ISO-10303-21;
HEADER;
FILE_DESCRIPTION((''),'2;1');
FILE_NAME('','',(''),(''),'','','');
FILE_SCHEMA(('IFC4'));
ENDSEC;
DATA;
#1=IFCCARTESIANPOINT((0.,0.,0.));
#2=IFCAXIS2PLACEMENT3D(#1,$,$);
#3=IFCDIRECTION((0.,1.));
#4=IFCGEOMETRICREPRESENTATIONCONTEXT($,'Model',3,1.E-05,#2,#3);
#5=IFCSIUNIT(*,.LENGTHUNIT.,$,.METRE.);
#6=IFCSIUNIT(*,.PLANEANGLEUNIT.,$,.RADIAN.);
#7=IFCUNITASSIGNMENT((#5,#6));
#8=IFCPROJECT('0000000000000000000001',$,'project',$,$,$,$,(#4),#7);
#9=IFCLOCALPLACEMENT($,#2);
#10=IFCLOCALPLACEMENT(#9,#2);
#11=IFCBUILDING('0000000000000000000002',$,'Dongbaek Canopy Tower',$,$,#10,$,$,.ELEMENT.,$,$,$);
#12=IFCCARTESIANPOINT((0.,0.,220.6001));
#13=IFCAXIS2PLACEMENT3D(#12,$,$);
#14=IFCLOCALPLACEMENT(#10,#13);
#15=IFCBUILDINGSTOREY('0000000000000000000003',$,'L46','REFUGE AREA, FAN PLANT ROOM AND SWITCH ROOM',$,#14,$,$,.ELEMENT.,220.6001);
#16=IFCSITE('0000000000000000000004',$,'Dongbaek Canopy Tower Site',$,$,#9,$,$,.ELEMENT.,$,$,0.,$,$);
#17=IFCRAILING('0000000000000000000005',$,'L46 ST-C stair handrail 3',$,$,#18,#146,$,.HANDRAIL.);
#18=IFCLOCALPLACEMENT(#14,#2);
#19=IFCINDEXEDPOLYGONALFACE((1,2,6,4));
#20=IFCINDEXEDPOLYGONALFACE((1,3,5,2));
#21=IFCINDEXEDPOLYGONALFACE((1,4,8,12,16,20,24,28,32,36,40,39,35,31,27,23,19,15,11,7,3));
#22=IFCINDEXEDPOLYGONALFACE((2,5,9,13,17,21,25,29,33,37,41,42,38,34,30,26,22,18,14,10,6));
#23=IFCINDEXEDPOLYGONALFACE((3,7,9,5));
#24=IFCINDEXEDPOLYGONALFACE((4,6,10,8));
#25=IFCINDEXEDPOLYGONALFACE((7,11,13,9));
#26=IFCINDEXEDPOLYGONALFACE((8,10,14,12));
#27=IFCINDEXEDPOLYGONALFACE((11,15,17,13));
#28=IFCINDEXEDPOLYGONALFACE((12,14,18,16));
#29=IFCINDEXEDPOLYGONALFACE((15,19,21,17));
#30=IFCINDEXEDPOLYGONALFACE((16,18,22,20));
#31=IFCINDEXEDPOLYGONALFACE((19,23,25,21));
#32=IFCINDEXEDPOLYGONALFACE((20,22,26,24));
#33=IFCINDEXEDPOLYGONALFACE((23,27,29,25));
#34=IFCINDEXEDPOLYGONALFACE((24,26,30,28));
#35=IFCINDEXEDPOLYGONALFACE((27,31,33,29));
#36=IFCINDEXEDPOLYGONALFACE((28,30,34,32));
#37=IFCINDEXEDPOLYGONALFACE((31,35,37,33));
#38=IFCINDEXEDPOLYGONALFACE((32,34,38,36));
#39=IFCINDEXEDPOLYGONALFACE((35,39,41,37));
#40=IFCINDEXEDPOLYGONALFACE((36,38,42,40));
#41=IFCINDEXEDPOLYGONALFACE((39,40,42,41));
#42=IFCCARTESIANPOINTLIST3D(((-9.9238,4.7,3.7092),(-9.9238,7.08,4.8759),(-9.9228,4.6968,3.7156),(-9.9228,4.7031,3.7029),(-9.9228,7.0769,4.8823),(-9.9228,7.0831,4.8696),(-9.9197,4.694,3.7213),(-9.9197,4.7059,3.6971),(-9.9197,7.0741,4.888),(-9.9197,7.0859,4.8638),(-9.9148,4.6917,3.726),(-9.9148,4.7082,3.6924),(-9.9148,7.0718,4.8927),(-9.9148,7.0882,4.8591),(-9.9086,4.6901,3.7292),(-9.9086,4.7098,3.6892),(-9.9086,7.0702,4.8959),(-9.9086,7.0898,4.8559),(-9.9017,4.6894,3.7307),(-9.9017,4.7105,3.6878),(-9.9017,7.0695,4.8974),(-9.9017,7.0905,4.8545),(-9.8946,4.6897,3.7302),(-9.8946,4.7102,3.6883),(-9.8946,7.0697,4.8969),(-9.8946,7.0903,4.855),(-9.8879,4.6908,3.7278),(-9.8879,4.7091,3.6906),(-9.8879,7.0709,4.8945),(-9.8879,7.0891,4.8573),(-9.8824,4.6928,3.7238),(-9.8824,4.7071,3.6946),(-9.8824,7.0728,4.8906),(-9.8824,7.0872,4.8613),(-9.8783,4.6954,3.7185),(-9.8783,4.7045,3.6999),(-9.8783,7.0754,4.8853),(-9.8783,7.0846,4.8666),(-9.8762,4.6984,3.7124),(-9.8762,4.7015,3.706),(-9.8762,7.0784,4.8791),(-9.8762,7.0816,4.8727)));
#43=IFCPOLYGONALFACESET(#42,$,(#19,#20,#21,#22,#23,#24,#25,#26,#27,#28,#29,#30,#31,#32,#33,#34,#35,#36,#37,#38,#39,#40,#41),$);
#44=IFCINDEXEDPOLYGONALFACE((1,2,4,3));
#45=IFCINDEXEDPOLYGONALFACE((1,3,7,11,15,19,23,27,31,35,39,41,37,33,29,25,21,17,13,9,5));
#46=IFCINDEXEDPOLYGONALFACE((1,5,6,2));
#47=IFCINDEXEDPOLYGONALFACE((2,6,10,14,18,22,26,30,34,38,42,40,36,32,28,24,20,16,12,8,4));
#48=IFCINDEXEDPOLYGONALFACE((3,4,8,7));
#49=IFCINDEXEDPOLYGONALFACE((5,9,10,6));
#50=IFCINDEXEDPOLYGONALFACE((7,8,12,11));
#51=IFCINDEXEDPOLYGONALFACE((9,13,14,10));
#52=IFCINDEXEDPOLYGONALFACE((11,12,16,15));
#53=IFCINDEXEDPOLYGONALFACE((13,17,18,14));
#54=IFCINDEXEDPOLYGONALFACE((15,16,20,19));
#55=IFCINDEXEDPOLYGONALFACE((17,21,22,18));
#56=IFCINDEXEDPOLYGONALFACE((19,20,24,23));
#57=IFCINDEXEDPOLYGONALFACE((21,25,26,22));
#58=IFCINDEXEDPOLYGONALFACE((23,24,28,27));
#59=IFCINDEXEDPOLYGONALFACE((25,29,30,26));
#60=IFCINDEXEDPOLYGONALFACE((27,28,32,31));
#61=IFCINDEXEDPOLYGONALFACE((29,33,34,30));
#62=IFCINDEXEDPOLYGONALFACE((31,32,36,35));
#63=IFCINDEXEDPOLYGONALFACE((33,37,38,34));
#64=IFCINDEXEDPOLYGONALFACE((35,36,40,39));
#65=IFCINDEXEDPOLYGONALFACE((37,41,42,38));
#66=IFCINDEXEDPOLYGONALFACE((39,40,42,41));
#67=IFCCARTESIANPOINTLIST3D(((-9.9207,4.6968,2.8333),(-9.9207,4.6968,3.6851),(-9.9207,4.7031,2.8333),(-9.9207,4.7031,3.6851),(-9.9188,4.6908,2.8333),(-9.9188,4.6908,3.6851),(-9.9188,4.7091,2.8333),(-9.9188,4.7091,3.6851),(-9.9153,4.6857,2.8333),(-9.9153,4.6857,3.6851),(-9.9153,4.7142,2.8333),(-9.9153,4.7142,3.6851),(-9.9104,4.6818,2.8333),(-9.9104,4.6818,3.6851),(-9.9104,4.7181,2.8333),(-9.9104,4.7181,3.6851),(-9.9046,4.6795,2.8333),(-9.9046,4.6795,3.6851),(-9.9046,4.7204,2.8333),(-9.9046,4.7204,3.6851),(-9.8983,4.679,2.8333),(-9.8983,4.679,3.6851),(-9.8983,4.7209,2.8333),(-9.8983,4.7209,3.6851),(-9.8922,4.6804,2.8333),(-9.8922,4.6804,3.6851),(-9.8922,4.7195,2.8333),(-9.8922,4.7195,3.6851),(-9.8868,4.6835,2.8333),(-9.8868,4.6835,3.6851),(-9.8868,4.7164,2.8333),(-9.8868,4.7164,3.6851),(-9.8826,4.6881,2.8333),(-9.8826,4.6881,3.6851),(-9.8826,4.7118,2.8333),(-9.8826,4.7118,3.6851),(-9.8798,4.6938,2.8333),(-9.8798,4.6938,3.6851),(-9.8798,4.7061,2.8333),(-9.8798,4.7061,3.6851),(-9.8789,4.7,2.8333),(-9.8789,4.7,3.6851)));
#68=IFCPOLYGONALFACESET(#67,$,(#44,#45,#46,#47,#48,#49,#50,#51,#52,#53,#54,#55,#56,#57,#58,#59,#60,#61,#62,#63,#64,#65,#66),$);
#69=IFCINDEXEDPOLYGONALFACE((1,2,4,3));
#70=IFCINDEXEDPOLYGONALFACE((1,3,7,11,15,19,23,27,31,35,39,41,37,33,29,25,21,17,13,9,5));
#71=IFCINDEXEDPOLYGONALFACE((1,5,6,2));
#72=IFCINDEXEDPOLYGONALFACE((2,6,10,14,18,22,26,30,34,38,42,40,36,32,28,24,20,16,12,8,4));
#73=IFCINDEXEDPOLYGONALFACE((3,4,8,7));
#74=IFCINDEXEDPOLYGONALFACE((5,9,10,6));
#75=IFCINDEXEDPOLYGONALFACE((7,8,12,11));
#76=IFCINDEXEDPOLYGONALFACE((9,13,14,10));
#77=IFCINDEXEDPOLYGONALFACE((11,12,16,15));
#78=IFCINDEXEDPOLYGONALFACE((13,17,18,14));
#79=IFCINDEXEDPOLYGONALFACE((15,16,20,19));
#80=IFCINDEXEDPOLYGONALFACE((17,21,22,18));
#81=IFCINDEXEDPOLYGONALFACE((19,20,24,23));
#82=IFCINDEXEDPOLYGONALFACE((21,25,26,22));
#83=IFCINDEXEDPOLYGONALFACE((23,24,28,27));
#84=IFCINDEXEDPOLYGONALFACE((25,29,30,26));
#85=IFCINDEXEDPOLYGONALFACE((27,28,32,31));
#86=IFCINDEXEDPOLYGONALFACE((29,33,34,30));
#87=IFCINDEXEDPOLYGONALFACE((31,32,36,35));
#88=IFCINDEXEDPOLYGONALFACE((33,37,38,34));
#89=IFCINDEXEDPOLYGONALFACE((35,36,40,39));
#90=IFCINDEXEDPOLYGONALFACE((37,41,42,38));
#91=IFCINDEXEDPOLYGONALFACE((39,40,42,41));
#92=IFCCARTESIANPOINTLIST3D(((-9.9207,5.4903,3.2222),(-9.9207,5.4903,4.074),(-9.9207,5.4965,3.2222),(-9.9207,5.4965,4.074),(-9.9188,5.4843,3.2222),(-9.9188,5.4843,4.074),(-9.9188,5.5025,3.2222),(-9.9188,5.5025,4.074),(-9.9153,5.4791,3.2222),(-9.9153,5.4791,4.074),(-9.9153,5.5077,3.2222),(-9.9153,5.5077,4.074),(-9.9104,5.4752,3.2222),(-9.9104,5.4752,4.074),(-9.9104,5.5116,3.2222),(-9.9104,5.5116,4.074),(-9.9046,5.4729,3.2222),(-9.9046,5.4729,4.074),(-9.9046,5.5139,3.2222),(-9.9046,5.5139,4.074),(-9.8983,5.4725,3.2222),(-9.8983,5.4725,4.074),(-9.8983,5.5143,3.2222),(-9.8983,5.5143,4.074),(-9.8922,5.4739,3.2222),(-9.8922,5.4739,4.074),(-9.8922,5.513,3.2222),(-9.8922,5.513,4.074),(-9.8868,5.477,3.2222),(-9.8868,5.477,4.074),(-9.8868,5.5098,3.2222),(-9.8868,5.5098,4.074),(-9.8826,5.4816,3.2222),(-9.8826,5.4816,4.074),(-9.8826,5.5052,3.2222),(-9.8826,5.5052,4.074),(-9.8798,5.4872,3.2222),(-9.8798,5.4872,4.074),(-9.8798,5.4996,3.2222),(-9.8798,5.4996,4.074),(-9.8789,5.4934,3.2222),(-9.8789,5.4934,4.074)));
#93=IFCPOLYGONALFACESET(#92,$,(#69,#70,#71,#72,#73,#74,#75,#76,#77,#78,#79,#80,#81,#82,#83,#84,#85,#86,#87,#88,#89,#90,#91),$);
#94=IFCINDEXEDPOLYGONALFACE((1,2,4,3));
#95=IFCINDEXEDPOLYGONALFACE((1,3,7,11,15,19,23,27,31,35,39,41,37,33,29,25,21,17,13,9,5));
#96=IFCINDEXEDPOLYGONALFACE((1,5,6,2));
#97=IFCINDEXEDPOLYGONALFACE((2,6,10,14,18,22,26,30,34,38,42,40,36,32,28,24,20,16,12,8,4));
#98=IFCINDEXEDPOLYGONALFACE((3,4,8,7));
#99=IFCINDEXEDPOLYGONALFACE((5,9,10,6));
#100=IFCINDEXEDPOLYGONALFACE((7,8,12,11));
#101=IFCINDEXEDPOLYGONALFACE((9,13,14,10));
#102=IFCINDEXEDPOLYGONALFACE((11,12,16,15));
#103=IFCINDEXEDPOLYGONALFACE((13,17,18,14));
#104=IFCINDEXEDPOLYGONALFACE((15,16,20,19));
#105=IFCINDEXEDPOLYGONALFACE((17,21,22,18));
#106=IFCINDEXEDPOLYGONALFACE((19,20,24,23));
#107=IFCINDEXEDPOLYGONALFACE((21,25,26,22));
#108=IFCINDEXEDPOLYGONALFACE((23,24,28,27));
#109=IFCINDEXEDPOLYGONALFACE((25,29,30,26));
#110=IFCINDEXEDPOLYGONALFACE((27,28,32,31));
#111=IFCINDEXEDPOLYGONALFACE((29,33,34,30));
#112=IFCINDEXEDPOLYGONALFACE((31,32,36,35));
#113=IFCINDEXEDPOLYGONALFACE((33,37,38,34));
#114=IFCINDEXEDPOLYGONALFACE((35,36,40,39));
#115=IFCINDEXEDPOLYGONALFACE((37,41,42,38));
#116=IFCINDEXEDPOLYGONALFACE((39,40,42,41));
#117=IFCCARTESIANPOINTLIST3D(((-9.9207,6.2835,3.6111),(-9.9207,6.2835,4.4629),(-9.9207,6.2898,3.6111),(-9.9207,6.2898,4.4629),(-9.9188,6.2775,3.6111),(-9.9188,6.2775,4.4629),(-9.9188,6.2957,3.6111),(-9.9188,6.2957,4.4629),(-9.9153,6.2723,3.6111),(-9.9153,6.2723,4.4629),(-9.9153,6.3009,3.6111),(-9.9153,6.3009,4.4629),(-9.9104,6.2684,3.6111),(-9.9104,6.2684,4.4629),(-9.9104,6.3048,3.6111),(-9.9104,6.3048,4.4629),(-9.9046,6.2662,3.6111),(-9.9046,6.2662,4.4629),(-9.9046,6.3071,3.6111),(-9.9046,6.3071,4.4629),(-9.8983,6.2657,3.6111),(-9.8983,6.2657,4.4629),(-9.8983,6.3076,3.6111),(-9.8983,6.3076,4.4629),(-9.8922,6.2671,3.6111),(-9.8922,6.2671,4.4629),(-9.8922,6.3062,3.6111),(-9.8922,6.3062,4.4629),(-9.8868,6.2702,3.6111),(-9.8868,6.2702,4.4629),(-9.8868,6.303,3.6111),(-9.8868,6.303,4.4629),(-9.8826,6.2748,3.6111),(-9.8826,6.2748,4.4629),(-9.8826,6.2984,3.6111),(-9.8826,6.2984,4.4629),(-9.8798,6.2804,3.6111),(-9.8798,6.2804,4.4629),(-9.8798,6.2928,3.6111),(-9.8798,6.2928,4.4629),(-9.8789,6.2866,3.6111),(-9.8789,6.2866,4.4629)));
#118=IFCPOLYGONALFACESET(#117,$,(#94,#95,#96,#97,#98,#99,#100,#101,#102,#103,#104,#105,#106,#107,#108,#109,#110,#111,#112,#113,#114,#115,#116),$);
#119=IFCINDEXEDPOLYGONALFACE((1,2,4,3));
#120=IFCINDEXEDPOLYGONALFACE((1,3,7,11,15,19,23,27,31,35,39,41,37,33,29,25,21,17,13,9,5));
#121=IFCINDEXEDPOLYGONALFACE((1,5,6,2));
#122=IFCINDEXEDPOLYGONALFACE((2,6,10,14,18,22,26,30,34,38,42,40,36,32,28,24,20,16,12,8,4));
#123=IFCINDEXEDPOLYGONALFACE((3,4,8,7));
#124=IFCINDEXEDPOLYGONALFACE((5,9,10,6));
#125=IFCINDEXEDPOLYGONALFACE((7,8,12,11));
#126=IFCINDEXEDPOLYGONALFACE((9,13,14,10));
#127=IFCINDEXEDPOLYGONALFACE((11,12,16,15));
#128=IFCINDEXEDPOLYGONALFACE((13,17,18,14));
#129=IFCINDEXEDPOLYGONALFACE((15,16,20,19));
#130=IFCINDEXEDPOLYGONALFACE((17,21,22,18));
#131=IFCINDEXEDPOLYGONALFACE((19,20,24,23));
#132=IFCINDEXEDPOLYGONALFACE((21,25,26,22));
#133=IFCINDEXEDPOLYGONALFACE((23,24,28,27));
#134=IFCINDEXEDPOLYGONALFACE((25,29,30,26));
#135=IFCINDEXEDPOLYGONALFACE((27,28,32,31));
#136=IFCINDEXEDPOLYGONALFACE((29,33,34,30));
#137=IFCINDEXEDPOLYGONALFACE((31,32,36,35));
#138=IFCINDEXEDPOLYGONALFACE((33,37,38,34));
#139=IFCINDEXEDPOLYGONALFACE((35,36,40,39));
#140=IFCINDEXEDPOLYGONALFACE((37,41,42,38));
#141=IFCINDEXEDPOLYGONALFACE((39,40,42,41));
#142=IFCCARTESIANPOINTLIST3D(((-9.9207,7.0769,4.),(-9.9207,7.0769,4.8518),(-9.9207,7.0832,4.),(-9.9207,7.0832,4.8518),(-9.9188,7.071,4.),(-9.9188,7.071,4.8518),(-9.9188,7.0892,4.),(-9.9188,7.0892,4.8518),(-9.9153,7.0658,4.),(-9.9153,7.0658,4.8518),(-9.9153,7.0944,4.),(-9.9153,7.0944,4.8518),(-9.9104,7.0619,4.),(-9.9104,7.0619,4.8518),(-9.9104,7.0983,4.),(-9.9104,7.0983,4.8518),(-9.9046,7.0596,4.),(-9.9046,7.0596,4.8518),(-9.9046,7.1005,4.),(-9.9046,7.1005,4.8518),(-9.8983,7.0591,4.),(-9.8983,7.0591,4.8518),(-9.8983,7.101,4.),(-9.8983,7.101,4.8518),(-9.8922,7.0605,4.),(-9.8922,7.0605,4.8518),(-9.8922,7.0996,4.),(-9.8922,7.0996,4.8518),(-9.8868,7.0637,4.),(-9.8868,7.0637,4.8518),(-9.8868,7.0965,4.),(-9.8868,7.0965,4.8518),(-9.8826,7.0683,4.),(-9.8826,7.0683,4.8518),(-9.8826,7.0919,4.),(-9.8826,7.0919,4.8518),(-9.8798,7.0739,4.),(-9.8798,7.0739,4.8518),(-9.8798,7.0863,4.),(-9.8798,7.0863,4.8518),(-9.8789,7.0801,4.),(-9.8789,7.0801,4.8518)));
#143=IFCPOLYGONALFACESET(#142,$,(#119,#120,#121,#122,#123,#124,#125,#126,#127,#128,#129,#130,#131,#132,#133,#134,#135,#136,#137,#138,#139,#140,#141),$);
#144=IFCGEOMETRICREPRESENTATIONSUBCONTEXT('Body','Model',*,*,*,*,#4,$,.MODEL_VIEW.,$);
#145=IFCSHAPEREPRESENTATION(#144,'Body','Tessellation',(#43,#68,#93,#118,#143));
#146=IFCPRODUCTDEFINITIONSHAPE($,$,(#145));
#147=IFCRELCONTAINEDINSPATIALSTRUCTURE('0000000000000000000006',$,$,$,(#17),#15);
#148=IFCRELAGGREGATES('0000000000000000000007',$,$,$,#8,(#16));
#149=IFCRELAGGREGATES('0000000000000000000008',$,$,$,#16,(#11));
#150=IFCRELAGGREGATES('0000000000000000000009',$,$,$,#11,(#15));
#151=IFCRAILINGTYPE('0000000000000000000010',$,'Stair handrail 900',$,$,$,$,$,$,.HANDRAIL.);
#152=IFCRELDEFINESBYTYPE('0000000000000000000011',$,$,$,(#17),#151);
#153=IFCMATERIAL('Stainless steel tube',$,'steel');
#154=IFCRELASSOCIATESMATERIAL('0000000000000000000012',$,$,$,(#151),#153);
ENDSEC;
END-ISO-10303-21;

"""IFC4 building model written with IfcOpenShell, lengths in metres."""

from ifc_helpers import new_model, si_unit, direction, frame, origin, origin_2d, place, context, subcontext, project, spatial, circle, extrude, material, type_object, element, save


model = new_model("IFC4")

# Units and contexts
model_context = context("Model", 3, precision=1e-05, world=origin(), true_north=direction((0.0, 1.0)))
body_context = subcontext(model_context, "Body", "Model", "MODEL_VIEW")
ifc_project = project(units=[si_unit("LENGTHUNIT", "METRE"), si_unit("PLANEANGLEUNIT", "RADIAN")], contexts=[model_context])

# Site, building, storey
site_placement = place(None, origin())
site = spatial("IfcSite", under=ifc_project, at=site_placement, Name="Dongbaek Canopy Tower Site", CompositionType="ELEMENT", RefElevation=0.0)
building_placement = place(site_placement, origin())
building = spatial("IfcBuilding", under=site, at=building_placement, Name="Dongbaek Canopy Tower", CompositionType="ELEMENT")
storey_placement = place(building_placement, frame((0.0, 0.0, 220.6001)))
storey = spatial("IfcBuildingStorey", under=building, at=storey_placement, Name="L46", Description="REFUGE AREA, FAN PLANT ROOM AND SWITCH ROOM", CompositionType="ELEMENT", Elevation=220.6001)

# Railing
ifc_material_1 = material(Name="Stainless steel tube", Category="steel")
railing_type_1 = type_object("IfcRailingType", Name="Stair handrail 900", PredefinedType="HANDRAIL", material=ifc_material_1)
for number, where, name in (
    (1, (-9.8999, 4.7, 2.8333), "L46 ST-C stair handrail 3"),
):
    element("IfcRailing", number, at=place(storey_placement, frame(where)), inside=storey, type_object=railing_type_1, Name=name, PredefinedType="HANDRAIL", context=body_context, shape_type="SweptSolid", body=[
        extrude(circle(Radius=0.0239, at=origin_2d()), frame((0.0, 0.0, 0.876), z_axis=(0.0, 0.897918, 0.440163), x_axis=(-1.0, 0.0, 0.0)), (0.0, 0.0, 1.0), 2.6506),
        extrude(circle(Radius=0.021, at=origin_2d()), origin(), (0.0, 0.0, 1.0), 0.8518),
        extrude(circle(Radius=0.021, at=origin_2d()), frame((0.0, 0.7935, 0.3889)), (0.0, 0.0, 1.0), 0.8518),
        extrude(circle(Radius=0.021, at=origin_2d()), frame((0.0, 1.5867, 0.7778)), (0.0, 0.0, 1.0), 0.8518),
        extrude(circle(Radius=0.021, at=origin_2d()), frame((0.0, 2.3801, 1.1667)), (0.0, 0.0, 1.0), 0.8518),
    ])

save(model, "model.ifc")
